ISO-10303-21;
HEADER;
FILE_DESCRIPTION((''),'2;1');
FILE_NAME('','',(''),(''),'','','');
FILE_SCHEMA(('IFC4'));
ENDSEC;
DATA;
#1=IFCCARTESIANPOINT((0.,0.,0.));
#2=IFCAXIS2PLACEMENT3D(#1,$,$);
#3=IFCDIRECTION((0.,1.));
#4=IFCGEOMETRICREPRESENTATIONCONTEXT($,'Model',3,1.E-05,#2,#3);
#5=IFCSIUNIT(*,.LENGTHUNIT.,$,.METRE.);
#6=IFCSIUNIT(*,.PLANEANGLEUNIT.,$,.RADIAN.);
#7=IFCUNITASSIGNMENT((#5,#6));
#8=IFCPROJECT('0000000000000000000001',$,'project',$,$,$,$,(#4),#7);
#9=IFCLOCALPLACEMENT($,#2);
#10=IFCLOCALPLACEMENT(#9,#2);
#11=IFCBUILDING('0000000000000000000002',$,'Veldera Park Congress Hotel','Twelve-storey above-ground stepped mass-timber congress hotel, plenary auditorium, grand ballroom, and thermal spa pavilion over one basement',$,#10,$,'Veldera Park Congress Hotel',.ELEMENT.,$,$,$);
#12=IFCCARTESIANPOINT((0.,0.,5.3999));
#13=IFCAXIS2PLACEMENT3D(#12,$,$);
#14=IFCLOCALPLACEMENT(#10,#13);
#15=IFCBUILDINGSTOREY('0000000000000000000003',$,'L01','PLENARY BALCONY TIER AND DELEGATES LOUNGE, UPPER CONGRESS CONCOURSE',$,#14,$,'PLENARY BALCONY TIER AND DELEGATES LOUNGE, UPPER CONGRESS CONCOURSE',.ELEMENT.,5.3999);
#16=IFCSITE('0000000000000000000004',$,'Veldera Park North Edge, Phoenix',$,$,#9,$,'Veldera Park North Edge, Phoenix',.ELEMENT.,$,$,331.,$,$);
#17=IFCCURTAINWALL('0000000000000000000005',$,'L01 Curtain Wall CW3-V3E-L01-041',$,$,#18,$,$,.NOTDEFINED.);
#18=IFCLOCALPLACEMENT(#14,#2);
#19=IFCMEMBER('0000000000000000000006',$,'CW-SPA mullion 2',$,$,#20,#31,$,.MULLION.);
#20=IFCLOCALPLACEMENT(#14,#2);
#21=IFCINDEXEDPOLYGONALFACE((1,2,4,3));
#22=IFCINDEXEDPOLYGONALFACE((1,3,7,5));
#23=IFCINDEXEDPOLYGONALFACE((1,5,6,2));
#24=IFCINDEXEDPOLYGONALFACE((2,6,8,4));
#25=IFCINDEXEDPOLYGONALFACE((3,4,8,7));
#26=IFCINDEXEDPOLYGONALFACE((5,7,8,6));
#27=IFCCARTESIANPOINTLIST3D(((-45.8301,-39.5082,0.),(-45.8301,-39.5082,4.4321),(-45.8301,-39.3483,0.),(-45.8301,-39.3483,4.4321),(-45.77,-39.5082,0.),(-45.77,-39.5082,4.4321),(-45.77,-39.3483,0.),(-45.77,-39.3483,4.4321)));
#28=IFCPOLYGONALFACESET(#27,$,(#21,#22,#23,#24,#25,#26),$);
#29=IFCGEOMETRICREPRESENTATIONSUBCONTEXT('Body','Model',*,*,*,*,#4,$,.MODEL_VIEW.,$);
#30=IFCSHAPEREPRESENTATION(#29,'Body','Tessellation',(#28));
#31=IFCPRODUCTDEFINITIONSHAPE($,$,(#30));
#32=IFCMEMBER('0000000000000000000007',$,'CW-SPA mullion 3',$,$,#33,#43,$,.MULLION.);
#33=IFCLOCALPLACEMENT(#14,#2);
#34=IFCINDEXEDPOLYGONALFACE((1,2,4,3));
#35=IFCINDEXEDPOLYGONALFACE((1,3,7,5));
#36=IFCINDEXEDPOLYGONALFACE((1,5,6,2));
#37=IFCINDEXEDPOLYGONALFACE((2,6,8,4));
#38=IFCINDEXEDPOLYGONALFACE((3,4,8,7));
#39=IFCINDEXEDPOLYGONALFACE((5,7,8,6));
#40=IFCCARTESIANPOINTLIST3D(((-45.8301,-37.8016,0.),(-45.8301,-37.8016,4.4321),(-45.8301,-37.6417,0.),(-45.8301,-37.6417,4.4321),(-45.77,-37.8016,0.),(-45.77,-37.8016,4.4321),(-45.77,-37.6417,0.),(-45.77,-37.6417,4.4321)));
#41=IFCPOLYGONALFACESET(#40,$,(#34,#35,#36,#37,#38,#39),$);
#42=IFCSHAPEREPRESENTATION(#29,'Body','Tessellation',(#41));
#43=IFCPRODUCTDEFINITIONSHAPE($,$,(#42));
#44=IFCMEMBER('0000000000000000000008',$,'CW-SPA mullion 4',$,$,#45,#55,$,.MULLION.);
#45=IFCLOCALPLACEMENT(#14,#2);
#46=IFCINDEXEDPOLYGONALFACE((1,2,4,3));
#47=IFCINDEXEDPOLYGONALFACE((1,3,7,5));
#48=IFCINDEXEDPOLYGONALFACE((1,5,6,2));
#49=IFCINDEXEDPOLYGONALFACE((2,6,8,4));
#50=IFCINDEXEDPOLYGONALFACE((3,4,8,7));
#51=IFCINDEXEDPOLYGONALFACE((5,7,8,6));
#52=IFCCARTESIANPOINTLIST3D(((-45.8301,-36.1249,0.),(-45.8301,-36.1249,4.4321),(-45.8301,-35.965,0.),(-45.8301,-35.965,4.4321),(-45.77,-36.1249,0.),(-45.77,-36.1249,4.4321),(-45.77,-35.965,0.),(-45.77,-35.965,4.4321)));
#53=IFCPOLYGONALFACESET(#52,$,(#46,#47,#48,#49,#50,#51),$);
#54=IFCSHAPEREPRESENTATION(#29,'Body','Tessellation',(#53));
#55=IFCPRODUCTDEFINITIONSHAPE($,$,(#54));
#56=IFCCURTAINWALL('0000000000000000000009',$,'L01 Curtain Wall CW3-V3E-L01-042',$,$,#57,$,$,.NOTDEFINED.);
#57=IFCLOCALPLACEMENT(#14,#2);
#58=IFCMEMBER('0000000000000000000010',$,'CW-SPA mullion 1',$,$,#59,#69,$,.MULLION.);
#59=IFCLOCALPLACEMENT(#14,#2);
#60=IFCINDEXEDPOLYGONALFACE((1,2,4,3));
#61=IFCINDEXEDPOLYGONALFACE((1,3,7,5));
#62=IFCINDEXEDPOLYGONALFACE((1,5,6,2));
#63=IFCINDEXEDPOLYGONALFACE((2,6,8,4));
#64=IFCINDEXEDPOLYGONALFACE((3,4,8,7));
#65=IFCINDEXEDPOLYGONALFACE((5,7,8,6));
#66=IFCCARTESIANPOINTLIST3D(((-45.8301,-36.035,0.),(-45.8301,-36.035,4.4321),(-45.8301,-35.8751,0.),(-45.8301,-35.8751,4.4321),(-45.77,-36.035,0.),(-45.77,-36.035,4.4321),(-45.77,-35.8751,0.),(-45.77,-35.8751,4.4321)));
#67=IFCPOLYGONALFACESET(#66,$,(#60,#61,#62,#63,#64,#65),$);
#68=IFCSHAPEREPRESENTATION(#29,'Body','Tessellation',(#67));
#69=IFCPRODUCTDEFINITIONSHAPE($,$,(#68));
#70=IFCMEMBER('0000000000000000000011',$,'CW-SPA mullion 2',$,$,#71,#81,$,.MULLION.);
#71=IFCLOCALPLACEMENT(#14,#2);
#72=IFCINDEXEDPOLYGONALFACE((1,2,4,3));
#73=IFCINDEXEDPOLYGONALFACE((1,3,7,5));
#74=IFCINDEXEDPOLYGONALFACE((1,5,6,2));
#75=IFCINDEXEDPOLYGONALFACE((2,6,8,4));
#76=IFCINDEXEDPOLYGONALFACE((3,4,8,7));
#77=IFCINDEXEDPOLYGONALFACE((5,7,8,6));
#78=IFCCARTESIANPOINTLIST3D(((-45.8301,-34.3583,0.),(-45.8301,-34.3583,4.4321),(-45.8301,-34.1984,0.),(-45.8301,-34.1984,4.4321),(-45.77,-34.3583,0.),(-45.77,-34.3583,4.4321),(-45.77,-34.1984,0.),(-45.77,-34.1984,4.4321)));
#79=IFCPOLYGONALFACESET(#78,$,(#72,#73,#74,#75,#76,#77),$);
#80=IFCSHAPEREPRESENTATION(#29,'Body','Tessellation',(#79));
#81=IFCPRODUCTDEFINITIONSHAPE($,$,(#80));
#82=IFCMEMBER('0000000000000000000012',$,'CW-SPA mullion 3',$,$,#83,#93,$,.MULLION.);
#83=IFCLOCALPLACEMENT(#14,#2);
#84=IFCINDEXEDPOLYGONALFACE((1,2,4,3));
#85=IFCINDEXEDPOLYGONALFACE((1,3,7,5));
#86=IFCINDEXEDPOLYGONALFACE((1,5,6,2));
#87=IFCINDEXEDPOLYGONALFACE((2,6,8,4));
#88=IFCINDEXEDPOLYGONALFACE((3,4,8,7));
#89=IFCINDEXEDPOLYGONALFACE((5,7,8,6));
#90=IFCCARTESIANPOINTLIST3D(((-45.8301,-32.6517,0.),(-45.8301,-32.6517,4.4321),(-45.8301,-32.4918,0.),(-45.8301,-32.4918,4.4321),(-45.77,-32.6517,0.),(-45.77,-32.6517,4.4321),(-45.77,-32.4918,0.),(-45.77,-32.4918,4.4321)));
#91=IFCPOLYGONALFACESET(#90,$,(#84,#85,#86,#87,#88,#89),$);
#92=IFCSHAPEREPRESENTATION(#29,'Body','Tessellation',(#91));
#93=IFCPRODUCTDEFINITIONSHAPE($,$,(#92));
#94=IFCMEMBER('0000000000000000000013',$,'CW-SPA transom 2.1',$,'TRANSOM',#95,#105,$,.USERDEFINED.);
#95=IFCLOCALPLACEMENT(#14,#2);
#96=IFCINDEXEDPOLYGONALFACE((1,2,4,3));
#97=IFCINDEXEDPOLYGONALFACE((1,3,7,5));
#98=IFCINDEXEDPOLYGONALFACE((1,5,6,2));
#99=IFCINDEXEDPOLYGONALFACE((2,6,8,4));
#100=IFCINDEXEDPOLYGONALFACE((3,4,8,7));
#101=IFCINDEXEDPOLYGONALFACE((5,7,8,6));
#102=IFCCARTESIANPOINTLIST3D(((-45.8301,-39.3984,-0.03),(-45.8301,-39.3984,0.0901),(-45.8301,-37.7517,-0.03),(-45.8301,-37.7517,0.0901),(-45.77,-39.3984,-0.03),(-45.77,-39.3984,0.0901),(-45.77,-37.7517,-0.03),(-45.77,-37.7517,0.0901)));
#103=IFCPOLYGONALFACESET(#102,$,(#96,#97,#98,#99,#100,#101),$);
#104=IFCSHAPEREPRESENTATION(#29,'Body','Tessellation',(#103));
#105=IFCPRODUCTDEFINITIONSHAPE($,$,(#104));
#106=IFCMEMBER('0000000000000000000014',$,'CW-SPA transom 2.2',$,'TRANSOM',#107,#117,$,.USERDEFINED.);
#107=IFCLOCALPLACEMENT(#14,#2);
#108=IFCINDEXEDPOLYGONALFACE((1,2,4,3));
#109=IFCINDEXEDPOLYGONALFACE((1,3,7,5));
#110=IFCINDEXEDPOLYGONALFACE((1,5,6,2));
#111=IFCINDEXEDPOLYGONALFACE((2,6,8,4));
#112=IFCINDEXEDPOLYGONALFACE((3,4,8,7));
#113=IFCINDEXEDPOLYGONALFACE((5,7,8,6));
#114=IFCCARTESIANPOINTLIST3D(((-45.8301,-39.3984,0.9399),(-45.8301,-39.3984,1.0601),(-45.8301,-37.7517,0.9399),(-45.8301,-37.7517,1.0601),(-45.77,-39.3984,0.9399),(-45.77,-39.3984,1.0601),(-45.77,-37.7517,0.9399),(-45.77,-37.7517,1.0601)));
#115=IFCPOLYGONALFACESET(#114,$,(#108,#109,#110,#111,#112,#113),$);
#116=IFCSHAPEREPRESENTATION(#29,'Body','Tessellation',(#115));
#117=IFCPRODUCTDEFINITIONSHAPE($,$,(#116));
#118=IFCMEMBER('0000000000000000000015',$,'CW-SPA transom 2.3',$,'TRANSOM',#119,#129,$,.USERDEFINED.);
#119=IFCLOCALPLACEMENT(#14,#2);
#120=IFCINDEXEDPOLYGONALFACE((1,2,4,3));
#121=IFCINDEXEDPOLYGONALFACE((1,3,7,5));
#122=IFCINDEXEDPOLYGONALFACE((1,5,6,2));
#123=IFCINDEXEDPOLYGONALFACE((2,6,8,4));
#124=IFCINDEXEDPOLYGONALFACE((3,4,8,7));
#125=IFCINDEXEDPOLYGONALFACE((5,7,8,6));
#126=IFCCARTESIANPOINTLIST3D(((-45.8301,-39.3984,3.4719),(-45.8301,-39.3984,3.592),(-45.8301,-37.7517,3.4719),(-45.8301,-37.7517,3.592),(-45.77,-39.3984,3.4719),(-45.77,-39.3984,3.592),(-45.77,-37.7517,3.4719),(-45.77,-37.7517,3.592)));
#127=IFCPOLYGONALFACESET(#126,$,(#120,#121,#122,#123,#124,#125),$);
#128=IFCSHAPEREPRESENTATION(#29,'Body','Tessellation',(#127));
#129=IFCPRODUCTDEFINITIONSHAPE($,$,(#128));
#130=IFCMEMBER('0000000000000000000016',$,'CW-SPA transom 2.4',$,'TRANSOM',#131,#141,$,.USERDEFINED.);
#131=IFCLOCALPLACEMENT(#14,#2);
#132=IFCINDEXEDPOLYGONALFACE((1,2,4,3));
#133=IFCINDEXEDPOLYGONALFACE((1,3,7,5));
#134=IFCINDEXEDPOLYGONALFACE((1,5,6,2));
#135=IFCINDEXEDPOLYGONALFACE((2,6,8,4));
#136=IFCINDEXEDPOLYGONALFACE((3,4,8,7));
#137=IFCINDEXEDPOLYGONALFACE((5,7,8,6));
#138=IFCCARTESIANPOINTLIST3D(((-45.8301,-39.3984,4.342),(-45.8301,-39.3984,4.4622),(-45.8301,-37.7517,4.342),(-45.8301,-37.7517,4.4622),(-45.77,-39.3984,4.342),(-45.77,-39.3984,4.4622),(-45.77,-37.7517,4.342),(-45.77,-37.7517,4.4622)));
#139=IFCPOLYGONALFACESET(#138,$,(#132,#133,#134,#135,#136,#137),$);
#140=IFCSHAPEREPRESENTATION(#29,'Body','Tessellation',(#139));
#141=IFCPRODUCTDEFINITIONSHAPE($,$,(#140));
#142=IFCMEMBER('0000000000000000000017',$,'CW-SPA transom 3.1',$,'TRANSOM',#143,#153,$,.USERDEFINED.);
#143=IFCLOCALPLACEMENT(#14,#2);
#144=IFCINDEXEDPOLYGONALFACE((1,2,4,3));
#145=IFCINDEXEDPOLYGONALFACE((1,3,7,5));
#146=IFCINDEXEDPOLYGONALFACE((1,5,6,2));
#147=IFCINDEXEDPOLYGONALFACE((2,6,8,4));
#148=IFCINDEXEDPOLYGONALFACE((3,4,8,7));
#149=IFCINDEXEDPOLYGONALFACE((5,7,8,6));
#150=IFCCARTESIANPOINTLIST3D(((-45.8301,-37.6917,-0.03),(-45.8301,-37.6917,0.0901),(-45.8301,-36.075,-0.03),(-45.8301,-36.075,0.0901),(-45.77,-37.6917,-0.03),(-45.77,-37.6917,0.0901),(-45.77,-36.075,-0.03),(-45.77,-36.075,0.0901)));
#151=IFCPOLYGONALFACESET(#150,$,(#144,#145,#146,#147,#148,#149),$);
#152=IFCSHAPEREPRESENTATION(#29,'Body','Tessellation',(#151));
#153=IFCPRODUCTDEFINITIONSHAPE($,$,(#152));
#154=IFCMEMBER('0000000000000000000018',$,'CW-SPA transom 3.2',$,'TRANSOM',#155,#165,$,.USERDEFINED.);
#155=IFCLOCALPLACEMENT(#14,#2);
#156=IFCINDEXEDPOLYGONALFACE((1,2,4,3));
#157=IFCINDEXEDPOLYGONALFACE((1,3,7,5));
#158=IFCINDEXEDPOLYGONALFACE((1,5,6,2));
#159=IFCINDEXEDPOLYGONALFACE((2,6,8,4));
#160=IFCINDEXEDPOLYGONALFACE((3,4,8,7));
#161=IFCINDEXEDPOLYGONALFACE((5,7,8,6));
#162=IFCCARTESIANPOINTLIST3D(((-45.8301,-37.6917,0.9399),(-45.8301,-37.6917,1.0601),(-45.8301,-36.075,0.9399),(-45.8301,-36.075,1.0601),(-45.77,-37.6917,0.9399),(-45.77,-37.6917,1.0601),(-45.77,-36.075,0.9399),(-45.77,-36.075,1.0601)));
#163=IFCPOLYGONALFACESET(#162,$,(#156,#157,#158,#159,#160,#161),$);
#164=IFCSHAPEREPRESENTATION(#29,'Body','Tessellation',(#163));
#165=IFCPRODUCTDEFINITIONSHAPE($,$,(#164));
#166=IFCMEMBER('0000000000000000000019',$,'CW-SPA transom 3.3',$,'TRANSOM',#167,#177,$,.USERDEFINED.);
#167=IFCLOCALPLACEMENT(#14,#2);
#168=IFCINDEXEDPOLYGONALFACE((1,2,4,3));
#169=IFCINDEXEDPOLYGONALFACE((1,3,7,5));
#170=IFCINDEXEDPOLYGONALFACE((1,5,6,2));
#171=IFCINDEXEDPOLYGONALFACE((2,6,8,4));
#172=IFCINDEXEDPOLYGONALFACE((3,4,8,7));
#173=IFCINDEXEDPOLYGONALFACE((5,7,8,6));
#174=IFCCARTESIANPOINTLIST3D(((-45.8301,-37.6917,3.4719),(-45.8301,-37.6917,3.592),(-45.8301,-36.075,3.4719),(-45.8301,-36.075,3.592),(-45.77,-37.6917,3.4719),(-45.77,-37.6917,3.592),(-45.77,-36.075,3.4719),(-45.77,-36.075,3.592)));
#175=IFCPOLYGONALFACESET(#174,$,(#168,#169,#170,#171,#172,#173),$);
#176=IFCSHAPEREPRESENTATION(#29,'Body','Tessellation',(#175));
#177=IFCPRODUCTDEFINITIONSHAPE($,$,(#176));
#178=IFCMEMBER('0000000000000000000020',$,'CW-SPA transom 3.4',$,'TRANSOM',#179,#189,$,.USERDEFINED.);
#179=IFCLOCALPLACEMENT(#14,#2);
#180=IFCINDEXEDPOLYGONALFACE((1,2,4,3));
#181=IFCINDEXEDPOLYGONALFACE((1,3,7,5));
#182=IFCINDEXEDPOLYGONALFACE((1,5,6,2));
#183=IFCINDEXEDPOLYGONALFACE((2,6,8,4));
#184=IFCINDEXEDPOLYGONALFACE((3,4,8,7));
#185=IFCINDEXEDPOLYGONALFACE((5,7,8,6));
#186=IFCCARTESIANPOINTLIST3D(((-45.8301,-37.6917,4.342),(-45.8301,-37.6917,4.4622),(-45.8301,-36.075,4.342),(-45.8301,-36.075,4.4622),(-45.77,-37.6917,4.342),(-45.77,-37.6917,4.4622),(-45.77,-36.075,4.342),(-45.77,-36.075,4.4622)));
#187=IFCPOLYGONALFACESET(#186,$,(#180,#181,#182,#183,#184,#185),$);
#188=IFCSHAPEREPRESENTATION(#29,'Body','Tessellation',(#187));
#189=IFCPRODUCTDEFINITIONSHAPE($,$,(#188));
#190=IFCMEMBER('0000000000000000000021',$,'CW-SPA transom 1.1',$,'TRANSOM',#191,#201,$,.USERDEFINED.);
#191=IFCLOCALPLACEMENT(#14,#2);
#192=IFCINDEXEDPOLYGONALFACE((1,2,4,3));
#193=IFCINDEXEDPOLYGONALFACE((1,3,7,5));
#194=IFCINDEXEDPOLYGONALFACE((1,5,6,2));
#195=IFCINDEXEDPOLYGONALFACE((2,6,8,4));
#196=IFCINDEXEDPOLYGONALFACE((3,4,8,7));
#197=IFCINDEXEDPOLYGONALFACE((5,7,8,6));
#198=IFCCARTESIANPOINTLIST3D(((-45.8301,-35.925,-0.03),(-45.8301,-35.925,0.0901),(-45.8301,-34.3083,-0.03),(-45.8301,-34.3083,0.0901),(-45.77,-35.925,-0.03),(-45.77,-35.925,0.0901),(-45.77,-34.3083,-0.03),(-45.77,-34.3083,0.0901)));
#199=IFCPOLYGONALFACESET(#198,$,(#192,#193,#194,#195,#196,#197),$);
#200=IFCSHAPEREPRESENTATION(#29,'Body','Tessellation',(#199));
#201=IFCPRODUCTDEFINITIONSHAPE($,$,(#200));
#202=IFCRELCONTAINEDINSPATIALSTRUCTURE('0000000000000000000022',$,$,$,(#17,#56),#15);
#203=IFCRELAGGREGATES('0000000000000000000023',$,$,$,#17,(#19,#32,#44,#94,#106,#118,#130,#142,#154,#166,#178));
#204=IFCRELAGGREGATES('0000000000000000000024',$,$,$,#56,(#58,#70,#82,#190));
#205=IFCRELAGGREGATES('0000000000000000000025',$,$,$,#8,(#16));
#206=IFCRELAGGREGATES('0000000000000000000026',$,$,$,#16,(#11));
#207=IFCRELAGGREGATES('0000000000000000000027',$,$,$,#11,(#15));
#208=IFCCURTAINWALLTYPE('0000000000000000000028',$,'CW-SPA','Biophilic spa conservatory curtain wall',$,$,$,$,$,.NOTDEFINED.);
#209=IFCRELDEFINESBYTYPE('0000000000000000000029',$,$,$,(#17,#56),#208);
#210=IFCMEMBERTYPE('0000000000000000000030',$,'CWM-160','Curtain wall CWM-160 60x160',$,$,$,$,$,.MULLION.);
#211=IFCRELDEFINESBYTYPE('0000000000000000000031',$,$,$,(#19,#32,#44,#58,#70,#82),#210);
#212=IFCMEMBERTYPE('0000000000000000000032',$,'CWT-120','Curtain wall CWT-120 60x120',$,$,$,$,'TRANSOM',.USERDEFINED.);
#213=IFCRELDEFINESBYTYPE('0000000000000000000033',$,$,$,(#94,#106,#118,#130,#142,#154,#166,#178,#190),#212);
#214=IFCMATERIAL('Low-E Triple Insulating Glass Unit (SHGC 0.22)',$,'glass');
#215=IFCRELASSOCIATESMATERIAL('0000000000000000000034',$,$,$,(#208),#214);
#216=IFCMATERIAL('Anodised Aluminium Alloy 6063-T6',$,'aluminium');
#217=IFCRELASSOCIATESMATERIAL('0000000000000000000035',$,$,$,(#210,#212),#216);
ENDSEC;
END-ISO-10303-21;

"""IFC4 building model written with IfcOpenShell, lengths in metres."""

from ifc_helpers import new_model, si_unit, direction, frame, origin, origin_2d, place, context, subcontext, project, spatial, rectangle, extrude, material, material_profile, profile_set, type_object, element, aggregate, save


model = new_model("IFC4")

# Units and contexts
model_context = context("Model", 3, precision=1e-05, world=origin(), true_north=direction((0.0, 1.0)))
body_context = subcontext(model_context, "Body", "Model", "MODEL_VIEW")
ifc_project = project(units=[si_unit("LENGTHUNIT", "METRE"), si_unit("PLANEANGLEUNIT", "RADIAN")], contexts=[model_context])

# Site, building, storey
site_placement = place(None, origin())
site = spatial("IfcSite", under=ifc_project, at=site_placement, Name="Veldera Park North Edge, Phoenix", LongName="Veldera Park North Edge, Phoenix", CompositionType="ELEMENT", RefElevation=331.0)
building_placement = place(site_placement, origin())
building = spatial("IfcBuilding", under=site, at=building_placement, Name="Veldera Park Congress Hotel", Description="Twelve-storey above-ground stepped mass-timber congress hotel, plenary auditorium, grand ballroom, and thermal spa pavilion over one basement", LongName="Veldera Park Congress Hotel", CompositionType="ELEMENT")
storey_placement = place(building_placement, frame((0.0, 0.0, 5.3999)))
storey = spatial("IfcBuildingStorey", under=building, at=storey_placement, Name="L01", Description="PLENARY BALCONY TIER AND DELEGATES LOUNGE, UPPER CONGRESS CONCOURSE", LongName="PLENARY BALCONY TIER AND DELEGATES LOUNGE, UPPER CONGRESS CONCOURSE", CompositionType="ELEMENT", Elevation=5.3999)

# Curtain walls, members
ifc_material_1 = material(Name="Low-E Triple Insulating Glass Unit (SHGC 0.22)", Category="glass")
curtain_wall_type = type_object("IfcCurtainWallType", Name="CW-SPA", Description="Biophilic spa conservatory curtain wall", PredefinedType="NOTDEFINED", material=ifc_material_1)
curtain_wall_1_placement = place(storey_placement, origin())
curtain_wall_1 = element("IfcCurtainWall", 1, at=curtain_wall_1_placement, inside=storey, type_object=curtain_wall_type, Name="L01 Curtain Wall CW3-V3E-L01-041", PredefinedType="NOTDEFINED")
ifc_material_2 = material(Name="Anodised Aluminium Alloy 6063-T6", Category="aluminium")
ifc_material_profile_1 = material_profile(ifc_material_2, rectangle(XDim=0.0601, YDim=0.1599, at=origin_2d()), Name="ALU 60x160")
ifc_profile_set_1 = profile_set([ifc_material_profile_1], Name="Anodised Aluminium Alloy 6063-T6")
member_type_1 = type_object("IfcMemberType", Name="CWM-160", Description="Curtain wall CWM-160 60x160", PredefinedType="MULLION", material=ifc_profile_set_1)
member_1_placement = place(storey_placement, frame((-45.8, -39.4282, 0.0), z_axis=(0.0, 0.0, 1.0), x_axis=(-1.0, 0.0, 0.0)))
member_1 = element("IfcMember", 2, at=member_1_placement, type_object=member_type_1, Name="CW-SPA mullion 2", PredefinedType="MULLION", context=body_context, shape_type="SweptSolid", body=[
    extrude(rectangle(XDim=0.0601, YDim=0.1599, at=origin_2d()), origin(), (0.0, 0.0, 1.0), 4.4321),
])
member_2_placement = place(storey_placement, frame((-45.8, -37.7217, 0.0), z_axis=(0.0, 0.0, 1.0), x_axis=(-1.0, 0.0, 0.0)))
member_2 = element("IfcMember", 3, at=member_2_placement, type_object=member_type_1, Name="CW-SPA mullion 3", PredefinedType="MULLION", context=body_context, shape_type="SweptSolid", body=[
    extrude(rectangle(XDim=0.0601, YDim=0.1599, at=origin_2d()), origin(), (0.0, 0.0, 1.0), 4.4321),
])
member_3_placement = place(storey_placement, frame((-45.8, -36.0449, 0.0), z_axis=(0.0, 0.0, 1.0), x_axis=(-1.0, 0.0, 0.0)))
member_3 = element("IfcMember", 4, at=member_3_placement, type_object=member_type_1, Name="CW-SPA mullion 4", PredefinedType="MULLION", context=body_context, shape_type="SweptSolid", body=[
    extrude(rectangle(XDim=0.0601, YDim=0.1599, at=origin_2d()), origin(), (0.0, 0.0, 1.0), 4.4321),
])
curtain_wall_2_placement = place(storey_placement, origin())
curtain_wall_2 = element("IfcCurtainWall", 5, at=curtain_wall_2_placement, inside=storey, type_object=curtain_wall_type, Name="L01 Curtain Wall CW3-V3E-L01-042", PredefinedType="NOTDEFINED")
member_4_placement = place(storey_placement, frame((-45.8, -35.9551, 0.0), z_axis=(0.0, 0.0, 1.0), x_axis=(-1.0, 0.0, 0.0)))
member_4 = element("IfcMember", 6, at=member_4_placement, type_object=member_type_1, Name="CW-SPA mullion 1", PredefinedType="MULLION", context=body_context, shape_type="SweptSolid", body=[
    extrude(rectangle(XDim=0.0601, YDim=0.1599, at=origin_2d()), origin(), (0.0, 0.0, 1.0), 4.4321),
])
member_5_placement = place(storey_placement, frame((-45.8, -34.2783, 0.0), z_axis=(0.0, 0.0, 1.0), x_axis=(-1.0, 0.0, 0.0)))
member_5 = element("IfcMember", 7, at=member_5_placement, type_object=member_type_1, Name="CW-SPA mullion 2", PredefinedType="MULLION", context=body_context, shape_type="SweptSolid", body=[
    extrude(rectangle(XDim=0.0601, YDim=0.1599, at=origin_2d()), origin(), (0.0, 0.0, 1.0), 4.4321),
])
member_6_placement = place(storey_placement, frame((-45.8, -32.5718, 0.0), z_axis=(0.0, 0.0, 1.0), x_axis=(-1.0, 0.0, 0.0)))
member_6 = element("IfcMember", 8, at=member_6_placement, type_object=member_type_1, Name="CW-SPA mullion 3", PredefinedType="MULLION", context=body_context, shape_type="SweptSolid", body=[
    extrude(rectangle(XDim=0.0601, YDim=0.1599, at=origin_2d()), origin(), (0.0, 0.0, 1.0), 4.4321),
])

# Members
ifc_material_profile_2 = material_profile(ifc_material_2, rectangle(XDim=0.0601, YDim=0.1201, at=origin_2d()), Name="ALU 60x120")
ifc_profile_set_2 = profile_set([ifc_material_profile_2], Name="Anodised Aluminium Alloy 6063-T6")
member_type_2 = type_object("IfcMemberType", Name="CWT-120", Description="Curtain wall CWT-120 60x120", ElementType="TRANSOM", PredefinedType="USERDEFINED", material=ifc_profile_set_2)
member_7_placement = place(storey_placement, frame((-45.8, -39.3984, 0.03), z_axis=(0.0, 1.0, 0.0), x_axis=(-1.0, 0.0, 0.0)))
member_7 = element("IfcMember", 9, at=member_7_placement, type_object=member_type_2, Name="CW-SPA transom 2.1", ObjectType="TRANSOM", PredefinedType="USERDEFINED", context=body_context, shape_type="SweptSolid", body=[
    extrude(rectangle(XDim=0.0601, YDim=0.1201, at=origin_2d()), origin(), (0.0, 0.0, 1.0), 1.6467),
])
member_8_placement = place(storey_placement, frame((-45.8, -39.3984, 1.0), z_axis=(0.0, 1.0, 0.0), x_axis=(-1.0, 0.0, 0.0)))
member_8 = element("IfcMember", 10, at=member_8_placement, type_object=member_type_2, Name="CW-SPA transom 2.2", ObjectType="TRANSOM", PredefinedType="USERDEFINED", context=body_context, shape_type="SweptSolid", body=[
    extrude(rectangle(XDim=0.0601, YDim=0.1201, at=origin_2d()), origin(), (0.0, 0.0, 1.0), 1.6467),
])
member_9_placement = place(storey_placement, frame((-45.8, -39.3984, 3.532), z_axis=(0.0, 1.0, 0.0), x_axis=(-1.0, 0.0, 0.0)))
member_9 = element("IfcMember", 11, at=member_9_placement, type_object=member_type_2, Name="CW-SPA transom 2.3", ObjectType="TRANSOM", PredefinedType="USERDEFINED", context=body_context, shape_type="SweptSolid", body=[
    extrude(rectangle(XDim=0.0601, YDim=0.1201, at=origin_2d()), origin(), (0.0, 0.0, 1.0), 1.6467),
])
member_10_placement = place(storey_placement, frame((-45.8, -39.3984, 4.4021), z_axis=(0.0, 1.0, 0.0), x_axis=(-1.0, 0.0, 0.0)))
member_10 = element("IfcMember", 12, at=member_10_placement, type_object=member_type_2, Name="CW-SPA transom 2.4", ObjectType="TRANSOM", PredefinedType="USERDEFINED", context=body_context, shape_type="SweptSolid", body=[
    extrude(rectangle(XDim=0.0601, YDim=0.1201, at=origin_2d()), origin(), (0.0, 0.0, 1.0), 1.6467),
])
member_11_placement = place(storey_placement, frame((-45.8, -37.6917, 0.03), z_axis=(0.0, 1.0, 0.0), x_axis=(-1.0, 0.0, 0.0)))
member_11 = element("IfcMember", 13, at=member_11_placement, type_object=member_type_2, Name="CW-SPA transom 3.1", ObjectType="TRANSOM", PredefinedType="USERDEFINED", context=body_context, shape_type="SweptSolid", body=[
    extrude(rectangle(XDim=0.0601, YDim=0.1201, at=origin_2d()), origin(), (0.0, 0.0, 1.0), 1.6167),
])
member_12_placement = place(storey_placement, frame((-45.8, -37.6917, 1.0), z_axis=(0.0, 1.0, 0.0), x_axis=(-1.0, 0.0, 0.0)))
member_12 = element("IfcMember", 14, at=member_12_placement, type_object=member_type_2, Name="CW-SPA transom 3.2", ObjectType="TRANSOM", PredefinedType="USERDEFINED", context=body_context, shape_type="SweptSolid", body=[
    extrude(rectangle(XDim=0.0601, YDim=0.1201, at=origin_2d()), origin(), (0.0, 0.0, 1.0), 1.6167),
])
member_13_placement = place(storey_placement, frame((-45.8, -37.6917, 3.532), z_axis=(0.0, 1.0, 0.0), x_axis=(-1.0, 0.0, 0.0)))
member_13 = element("IfcMember", 15, at=member_13_placement, type_object=member_type_2, Name="CW-SPA transom 3.3", ObjectType="TRANSOM", PredefinedType="USERDEFINED", context=body_context, shape_type="SweptSolid", body=[
    extrude(rectangle(XDim=0.0601, YDim=0.1201, at=origin_2d()), origin(), (0.0, 0.0, 1.0), 1.6167),
])
member_14_placement = place(storey_placement, frame((-45.8, -37.6917, 4.4021), z_axis=(0.0, 1.0, 0.0), x_axis=(-1.0, 0.0, 0.0)))
member_14 = element("IfcMember", 16, at=member_14_placement, type_object=member_type_2, Name="CW-SPA transom 3.4", ObjectType="TRANSOM", PredefinedType="USERDEFINED", context=body_context, shape_type="SweptSolid", body=[
    extrude(rectangle(XDim=0.0601, YDim=0.1201, at=origin_2d()), origin(), (0.0, 0.0, 1.0), 1.6167),
])
member_15_placement = place(storey_placement, frame((-45.8, -35.925, 0.03), z_axis=(0.0, 1.0, 0.0), x_axis=(-1.0, 0.0, 0.0)))
member_15 = element("IfcMember", 17, at=member_15_placement, type_object=member_type_2, Name="CW-SPA transom 1.1", ObjectType="TRANSOM", PredefinedType="USERDEFINED", context=body_context, shape_type="SweptSolid", body=[
    extrude(rectangle(XDim=0.0601, YDim=0.1201, at=origin_2d()), origin(), (0.0, 0.0, 1.0), 1.6167),
])

aggregate(curtain_wall_1, [member_1, member_2, member_3, member_7, member_8, member_9, member_10, member_11, member_12, member_13, member_14])
aggregate(curtain_wall_2, [member_4, member_5, member_6, member_15])

save(model, "model.ifc")
